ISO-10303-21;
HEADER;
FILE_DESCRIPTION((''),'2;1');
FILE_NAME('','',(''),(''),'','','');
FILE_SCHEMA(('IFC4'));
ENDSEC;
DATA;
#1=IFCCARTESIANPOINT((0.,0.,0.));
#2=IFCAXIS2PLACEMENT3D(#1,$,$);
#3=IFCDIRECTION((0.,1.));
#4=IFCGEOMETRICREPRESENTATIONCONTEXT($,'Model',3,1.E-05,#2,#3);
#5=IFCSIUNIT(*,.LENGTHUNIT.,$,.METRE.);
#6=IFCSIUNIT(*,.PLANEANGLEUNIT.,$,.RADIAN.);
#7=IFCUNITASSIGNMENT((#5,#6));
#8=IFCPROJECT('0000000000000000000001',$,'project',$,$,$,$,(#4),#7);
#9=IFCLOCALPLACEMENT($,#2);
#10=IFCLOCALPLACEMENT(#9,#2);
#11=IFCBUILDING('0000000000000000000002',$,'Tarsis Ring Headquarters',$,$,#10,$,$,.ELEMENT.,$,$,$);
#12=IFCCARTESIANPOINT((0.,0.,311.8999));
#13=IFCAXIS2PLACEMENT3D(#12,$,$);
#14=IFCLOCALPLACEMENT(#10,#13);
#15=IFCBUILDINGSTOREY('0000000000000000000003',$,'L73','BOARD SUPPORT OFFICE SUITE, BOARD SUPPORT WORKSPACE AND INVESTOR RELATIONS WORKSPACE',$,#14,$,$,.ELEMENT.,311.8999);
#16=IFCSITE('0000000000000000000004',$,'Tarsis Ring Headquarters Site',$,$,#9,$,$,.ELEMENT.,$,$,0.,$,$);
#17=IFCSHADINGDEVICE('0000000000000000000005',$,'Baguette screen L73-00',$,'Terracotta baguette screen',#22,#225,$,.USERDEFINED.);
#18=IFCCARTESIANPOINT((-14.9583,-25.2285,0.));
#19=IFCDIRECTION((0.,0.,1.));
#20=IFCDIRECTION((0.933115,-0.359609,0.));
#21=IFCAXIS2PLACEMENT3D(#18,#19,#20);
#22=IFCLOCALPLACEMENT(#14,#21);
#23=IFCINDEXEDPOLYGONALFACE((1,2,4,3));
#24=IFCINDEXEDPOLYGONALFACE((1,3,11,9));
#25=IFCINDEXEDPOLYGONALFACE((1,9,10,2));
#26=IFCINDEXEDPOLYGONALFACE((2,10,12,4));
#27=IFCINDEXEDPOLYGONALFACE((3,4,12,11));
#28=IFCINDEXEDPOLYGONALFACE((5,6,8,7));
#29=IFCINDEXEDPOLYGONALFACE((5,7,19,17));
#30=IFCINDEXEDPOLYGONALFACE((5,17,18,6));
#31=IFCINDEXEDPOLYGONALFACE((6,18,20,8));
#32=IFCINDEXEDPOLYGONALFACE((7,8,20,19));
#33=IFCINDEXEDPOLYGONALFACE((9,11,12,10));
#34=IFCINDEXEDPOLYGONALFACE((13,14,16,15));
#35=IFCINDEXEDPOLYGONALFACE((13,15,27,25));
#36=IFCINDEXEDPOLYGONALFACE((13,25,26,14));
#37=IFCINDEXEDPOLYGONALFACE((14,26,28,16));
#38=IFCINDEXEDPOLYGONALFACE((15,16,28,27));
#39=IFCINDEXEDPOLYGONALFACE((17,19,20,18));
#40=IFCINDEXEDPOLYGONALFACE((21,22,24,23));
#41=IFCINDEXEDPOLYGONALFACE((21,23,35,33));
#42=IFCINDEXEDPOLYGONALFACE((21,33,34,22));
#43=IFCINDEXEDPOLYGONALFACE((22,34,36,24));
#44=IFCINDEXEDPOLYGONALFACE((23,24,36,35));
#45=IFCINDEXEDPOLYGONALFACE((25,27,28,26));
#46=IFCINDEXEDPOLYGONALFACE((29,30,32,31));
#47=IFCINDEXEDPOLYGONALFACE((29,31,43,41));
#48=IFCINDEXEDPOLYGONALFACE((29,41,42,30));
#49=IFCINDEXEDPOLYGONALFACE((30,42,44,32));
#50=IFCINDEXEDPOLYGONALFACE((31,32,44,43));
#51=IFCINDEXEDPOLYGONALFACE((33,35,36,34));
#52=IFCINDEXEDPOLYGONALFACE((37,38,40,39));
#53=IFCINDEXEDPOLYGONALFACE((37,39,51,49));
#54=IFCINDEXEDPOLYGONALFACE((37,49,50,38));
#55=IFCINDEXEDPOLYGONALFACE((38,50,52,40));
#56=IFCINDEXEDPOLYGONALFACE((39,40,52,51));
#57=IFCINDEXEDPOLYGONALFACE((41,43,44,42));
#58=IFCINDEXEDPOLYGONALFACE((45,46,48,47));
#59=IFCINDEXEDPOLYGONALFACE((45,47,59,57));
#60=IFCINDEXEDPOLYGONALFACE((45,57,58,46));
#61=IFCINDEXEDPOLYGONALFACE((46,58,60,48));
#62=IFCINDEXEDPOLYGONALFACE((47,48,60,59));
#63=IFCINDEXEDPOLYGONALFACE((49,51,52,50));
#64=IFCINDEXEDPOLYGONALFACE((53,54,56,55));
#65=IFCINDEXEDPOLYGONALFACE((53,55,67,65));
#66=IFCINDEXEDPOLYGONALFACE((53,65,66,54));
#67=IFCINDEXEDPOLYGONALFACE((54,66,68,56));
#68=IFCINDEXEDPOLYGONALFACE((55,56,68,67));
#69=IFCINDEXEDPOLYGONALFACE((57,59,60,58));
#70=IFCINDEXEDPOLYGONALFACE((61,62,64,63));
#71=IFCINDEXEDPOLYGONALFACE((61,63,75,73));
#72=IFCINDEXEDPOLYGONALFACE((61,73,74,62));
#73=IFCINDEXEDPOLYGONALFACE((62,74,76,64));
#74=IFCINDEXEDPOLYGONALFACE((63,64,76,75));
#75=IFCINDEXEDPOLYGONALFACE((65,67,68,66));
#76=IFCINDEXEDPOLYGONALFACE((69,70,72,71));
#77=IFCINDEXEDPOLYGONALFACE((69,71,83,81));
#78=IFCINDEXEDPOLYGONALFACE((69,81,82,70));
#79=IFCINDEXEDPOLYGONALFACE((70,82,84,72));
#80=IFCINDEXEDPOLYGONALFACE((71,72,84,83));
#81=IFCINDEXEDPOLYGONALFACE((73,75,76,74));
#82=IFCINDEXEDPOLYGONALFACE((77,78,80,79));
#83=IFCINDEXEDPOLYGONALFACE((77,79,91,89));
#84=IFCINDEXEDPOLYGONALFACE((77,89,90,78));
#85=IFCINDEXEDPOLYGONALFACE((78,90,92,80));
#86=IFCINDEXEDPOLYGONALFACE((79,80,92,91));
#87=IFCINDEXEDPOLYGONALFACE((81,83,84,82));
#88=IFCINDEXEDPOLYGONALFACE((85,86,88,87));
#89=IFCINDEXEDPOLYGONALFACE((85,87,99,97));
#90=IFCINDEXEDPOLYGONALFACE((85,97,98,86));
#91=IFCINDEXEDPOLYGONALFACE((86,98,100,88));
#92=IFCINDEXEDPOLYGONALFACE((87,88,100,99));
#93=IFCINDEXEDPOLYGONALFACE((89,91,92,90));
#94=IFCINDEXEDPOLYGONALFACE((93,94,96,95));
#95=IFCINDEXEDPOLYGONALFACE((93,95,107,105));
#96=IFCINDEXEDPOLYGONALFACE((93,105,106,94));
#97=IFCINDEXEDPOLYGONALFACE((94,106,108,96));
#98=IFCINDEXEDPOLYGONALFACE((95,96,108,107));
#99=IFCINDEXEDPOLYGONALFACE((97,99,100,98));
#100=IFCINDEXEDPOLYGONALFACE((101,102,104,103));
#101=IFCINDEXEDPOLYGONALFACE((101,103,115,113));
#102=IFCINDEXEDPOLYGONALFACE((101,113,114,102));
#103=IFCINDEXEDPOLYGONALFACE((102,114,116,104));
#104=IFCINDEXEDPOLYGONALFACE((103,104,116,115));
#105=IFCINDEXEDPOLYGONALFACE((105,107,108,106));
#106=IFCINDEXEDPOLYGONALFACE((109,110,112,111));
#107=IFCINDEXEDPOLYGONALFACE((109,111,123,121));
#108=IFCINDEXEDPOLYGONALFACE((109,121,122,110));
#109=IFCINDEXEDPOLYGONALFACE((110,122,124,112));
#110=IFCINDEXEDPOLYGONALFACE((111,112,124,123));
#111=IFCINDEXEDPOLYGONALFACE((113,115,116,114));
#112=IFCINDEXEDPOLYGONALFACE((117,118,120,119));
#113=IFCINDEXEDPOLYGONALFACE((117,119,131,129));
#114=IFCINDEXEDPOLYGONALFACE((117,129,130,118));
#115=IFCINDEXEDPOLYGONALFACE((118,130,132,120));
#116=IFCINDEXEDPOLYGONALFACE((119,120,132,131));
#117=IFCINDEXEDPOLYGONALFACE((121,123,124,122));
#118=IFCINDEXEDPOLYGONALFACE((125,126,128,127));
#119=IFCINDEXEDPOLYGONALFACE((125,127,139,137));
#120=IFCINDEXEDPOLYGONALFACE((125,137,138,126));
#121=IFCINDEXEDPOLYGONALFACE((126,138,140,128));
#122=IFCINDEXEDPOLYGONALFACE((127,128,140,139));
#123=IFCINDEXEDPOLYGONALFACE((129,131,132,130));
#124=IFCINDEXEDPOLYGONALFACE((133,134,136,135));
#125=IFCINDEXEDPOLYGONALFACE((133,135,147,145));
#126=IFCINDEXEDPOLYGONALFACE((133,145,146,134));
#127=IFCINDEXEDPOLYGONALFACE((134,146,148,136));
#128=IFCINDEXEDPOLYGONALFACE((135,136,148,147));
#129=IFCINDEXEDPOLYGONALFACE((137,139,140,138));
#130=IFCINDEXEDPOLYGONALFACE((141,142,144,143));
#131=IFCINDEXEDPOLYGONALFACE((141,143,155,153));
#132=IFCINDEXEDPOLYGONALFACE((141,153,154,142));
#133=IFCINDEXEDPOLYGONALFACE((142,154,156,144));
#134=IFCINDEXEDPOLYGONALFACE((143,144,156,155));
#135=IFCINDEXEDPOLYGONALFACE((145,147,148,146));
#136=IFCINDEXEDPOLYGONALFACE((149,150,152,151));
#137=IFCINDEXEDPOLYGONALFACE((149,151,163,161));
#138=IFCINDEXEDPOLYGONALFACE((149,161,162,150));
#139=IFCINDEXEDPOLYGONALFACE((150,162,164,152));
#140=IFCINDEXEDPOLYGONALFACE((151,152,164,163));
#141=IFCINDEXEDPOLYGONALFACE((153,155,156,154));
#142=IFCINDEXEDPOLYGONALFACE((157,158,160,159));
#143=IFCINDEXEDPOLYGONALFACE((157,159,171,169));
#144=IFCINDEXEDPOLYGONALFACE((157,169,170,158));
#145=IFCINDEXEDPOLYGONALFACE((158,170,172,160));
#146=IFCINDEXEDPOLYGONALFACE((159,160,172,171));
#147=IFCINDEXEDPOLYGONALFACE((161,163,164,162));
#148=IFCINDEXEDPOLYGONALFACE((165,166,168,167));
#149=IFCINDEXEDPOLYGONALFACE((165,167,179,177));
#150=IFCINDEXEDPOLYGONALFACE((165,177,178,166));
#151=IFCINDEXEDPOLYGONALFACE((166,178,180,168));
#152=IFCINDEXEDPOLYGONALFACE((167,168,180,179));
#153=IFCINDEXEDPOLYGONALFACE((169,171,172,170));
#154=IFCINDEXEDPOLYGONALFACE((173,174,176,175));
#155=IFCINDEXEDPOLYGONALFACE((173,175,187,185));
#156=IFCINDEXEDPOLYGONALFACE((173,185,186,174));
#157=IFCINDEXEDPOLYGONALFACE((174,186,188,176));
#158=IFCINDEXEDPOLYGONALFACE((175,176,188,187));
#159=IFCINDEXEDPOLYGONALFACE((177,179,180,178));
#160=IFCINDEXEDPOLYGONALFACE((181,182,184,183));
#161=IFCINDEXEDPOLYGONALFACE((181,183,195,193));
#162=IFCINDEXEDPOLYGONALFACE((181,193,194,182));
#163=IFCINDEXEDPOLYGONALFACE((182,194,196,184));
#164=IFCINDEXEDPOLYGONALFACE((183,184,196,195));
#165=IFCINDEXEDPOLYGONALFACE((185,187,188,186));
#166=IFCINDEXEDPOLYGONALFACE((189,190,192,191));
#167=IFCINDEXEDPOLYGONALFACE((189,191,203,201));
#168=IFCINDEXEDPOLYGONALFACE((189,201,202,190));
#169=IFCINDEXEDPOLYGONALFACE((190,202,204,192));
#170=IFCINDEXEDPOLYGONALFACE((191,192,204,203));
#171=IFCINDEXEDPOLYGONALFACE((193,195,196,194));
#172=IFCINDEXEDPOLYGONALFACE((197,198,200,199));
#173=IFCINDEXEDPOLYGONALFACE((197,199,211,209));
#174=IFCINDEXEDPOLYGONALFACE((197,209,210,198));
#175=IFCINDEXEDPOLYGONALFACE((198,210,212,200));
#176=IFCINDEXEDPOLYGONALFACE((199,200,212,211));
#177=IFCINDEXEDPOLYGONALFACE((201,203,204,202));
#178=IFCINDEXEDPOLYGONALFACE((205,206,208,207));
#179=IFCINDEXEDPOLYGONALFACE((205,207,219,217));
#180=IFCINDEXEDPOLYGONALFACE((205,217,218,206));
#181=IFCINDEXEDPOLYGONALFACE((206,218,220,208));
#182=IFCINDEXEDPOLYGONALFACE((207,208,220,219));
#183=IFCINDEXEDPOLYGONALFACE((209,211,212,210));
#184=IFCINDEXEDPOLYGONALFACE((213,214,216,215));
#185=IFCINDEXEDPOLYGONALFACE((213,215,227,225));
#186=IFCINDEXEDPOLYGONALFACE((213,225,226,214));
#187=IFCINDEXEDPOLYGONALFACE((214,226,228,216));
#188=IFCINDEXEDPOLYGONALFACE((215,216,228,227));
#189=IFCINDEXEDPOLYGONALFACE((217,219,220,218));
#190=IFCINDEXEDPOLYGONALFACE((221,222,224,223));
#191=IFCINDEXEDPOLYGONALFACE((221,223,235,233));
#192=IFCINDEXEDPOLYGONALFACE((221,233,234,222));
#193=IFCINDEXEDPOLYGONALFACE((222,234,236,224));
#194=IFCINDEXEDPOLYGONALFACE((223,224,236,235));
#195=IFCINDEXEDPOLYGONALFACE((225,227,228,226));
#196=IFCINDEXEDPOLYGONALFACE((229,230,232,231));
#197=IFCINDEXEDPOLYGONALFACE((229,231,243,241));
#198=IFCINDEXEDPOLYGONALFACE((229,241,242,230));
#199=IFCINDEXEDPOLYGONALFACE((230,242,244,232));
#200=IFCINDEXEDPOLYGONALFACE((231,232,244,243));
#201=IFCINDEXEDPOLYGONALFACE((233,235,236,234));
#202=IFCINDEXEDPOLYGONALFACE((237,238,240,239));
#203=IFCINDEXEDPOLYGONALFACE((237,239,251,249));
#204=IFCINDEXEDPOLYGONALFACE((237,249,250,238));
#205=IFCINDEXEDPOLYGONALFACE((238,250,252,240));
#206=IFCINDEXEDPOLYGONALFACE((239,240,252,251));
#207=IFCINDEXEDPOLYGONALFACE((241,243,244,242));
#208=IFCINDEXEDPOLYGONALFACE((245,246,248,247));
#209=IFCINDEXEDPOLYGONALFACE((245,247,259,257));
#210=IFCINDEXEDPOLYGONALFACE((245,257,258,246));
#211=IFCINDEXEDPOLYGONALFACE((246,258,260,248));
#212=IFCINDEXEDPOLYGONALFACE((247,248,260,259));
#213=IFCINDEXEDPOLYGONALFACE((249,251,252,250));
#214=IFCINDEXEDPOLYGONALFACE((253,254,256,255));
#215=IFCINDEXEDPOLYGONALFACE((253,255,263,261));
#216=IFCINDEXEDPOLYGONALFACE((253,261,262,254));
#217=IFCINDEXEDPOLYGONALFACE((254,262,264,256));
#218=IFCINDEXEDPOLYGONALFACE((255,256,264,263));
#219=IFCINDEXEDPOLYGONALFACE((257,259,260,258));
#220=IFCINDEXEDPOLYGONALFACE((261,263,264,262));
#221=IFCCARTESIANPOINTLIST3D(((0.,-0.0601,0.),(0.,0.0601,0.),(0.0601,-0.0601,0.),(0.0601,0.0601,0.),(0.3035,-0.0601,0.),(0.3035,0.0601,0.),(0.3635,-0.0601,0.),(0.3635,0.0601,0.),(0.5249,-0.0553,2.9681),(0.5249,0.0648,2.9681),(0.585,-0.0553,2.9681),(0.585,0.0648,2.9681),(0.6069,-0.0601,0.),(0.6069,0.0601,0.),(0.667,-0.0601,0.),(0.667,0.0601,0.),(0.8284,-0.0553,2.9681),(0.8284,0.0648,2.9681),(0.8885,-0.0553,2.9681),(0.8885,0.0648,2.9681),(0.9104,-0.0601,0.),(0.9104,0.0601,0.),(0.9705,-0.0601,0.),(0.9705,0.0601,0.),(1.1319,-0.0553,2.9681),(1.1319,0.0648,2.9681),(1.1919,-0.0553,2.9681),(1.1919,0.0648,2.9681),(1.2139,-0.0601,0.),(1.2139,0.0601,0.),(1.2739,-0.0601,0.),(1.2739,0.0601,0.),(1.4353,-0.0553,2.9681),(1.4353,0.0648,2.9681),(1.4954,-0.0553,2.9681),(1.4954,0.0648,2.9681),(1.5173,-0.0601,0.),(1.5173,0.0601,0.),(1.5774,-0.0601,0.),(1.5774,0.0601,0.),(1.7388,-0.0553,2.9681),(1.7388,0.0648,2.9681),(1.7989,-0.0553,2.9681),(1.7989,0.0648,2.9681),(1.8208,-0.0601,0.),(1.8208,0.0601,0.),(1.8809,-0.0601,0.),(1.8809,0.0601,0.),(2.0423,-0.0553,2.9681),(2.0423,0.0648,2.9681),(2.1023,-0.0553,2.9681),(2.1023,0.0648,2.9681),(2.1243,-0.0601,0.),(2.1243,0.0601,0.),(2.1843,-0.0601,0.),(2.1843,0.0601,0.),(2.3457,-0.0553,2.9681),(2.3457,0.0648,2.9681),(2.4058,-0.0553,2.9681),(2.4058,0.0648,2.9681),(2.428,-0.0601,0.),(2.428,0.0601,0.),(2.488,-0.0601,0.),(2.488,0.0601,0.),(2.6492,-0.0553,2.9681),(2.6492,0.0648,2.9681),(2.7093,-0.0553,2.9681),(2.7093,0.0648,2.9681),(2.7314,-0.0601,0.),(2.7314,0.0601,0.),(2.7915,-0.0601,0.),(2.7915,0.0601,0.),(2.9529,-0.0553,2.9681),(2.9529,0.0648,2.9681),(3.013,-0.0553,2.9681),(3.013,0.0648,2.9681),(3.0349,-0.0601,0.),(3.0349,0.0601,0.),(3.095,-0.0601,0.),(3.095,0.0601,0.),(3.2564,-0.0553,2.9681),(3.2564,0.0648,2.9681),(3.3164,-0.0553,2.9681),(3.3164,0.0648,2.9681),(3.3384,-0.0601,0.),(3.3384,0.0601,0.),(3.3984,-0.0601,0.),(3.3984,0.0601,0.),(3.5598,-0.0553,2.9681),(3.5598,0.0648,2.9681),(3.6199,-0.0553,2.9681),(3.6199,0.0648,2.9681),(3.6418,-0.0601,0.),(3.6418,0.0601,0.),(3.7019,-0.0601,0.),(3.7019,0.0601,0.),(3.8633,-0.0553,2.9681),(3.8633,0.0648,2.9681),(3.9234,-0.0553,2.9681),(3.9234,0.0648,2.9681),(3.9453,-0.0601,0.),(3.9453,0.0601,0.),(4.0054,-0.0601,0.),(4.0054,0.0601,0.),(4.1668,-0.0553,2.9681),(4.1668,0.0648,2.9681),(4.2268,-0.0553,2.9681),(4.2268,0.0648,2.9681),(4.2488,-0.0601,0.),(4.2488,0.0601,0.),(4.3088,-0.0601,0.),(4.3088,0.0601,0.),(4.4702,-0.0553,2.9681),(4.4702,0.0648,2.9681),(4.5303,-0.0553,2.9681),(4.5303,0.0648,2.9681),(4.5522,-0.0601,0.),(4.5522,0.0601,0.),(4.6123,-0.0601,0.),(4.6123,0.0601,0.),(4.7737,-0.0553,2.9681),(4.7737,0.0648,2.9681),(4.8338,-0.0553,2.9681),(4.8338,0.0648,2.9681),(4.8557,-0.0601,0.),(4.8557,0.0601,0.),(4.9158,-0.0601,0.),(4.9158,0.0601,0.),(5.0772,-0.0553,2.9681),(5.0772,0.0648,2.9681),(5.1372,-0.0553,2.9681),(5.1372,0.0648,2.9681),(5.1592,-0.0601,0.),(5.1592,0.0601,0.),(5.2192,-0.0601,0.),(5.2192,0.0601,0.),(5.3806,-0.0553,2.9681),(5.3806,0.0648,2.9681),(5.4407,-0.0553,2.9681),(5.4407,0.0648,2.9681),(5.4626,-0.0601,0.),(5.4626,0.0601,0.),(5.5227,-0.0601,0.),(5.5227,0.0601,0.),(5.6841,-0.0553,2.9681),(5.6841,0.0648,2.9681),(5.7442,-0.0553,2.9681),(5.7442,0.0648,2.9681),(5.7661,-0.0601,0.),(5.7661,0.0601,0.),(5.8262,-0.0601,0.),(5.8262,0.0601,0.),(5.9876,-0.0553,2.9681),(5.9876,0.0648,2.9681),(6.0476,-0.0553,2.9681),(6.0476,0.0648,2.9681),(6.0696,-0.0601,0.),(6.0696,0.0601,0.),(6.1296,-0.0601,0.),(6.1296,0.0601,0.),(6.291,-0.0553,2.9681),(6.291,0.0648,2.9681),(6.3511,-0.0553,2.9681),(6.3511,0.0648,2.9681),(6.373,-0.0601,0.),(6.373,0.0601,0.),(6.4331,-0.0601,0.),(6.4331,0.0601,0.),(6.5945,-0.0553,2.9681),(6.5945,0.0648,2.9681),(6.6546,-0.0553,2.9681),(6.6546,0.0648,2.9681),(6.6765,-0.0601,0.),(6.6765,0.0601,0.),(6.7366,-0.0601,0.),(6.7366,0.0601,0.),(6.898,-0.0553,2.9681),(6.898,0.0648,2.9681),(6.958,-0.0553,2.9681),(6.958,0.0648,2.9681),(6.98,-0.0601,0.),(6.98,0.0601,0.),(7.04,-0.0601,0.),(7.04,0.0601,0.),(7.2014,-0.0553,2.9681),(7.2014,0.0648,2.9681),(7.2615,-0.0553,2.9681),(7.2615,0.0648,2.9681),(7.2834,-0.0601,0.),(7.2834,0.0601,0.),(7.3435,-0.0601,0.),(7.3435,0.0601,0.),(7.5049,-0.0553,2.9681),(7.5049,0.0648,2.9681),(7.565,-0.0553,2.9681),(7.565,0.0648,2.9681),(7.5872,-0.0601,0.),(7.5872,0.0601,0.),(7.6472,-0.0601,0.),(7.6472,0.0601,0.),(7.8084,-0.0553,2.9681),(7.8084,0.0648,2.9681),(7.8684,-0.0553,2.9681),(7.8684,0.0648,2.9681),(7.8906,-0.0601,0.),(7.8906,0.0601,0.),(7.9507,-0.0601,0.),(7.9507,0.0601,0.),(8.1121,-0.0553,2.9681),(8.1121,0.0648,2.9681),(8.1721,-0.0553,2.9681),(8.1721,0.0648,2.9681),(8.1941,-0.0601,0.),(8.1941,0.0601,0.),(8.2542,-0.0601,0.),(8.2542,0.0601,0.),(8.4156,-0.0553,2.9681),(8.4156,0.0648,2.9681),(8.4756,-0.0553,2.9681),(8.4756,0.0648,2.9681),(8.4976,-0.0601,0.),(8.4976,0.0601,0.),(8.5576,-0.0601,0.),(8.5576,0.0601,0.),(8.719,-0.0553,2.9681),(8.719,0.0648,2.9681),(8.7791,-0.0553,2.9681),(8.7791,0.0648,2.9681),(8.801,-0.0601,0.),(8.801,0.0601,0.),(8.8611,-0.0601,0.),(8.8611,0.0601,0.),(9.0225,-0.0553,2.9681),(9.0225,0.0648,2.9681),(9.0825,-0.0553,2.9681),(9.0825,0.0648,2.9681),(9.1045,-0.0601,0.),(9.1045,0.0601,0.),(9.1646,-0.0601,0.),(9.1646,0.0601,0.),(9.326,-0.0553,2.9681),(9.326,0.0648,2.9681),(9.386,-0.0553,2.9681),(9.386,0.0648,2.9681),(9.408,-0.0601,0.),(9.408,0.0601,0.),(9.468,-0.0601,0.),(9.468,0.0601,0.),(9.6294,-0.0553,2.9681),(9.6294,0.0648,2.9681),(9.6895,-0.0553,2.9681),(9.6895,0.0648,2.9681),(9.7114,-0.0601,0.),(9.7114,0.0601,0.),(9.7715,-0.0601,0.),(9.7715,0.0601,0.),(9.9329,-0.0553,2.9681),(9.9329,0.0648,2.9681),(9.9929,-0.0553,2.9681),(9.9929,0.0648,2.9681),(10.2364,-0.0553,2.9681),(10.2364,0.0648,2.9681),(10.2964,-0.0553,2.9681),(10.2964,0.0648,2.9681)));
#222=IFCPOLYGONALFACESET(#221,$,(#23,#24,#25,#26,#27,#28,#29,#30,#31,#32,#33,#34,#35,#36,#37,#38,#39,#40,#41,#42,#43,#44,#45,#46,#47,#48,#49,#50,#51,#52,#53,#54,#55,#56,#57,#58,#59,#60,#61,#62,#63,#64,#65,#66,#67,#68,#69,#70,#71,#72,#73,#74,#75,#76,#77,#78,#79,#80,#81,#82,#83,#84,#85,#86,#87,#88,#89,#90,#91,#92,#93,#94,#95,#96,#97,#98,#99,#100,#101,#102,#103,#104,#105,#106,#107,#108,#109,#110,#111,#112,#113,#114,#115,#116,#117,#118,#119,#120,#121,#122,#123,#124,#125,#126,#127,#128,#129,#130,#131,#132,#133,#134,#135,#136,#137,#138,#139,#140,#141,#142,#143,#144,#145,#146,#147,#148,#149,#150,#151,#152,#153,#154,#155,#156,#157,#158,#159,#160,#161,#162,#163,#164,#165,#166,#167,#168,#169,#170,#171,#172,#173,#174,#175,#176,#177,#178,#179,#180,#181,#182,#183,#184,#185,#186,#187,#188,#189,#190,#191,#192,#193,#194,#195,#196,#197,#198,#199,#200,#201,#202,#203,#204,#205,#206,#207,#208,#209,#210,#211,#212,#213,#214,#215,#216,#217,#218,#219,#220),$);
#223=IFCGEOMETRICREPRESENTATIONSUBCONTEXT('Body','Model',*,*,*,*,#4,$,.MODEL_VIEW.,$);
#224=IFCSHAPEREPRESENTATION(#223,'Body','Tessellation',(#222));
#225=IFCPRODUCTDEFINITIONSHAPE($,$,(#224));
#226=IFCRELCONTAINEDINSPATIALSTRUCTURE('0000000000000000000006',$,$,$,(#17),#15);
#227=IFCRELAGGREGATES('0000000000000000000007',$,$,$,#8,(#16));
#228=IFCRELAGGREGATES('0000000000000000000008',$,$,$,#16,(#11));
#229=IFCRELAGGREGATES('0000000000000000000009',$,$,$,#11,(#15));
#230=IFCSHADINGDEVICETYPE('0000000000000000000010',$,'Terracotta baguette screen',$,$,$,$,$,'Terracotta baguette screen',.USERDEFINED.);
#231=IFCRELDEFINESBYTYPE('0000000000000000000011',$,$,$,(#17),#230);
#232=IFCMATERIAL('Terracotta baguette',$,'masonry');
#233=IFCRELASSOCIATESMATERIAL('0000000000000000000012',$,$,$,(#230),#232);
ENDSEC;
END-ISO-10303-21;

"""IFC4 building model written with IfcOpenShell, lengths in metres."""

from ifc_helpers import new_model, si_unit, direction, frame, frame_2d, origin, place, context, subcontext, project, spatial, rectangle, composite_profile, extrude, material, type_object, element, save


model = new_model("IFC4")

# Units and contexts
model_context = context("Model", 3, precision=1e-05, world=origin(), true_north=direction((0.0, 1.0)))
body_context = subcontext(model_context, "Body", "Model", "MODEL_VIEW")
ifc_project = project(units=[si_unit("LENGTHUNIT", "METRE"), si_unit("PLANEANGLEUNIT", "RADIAN")], contexts=[model_context])

# Site, building, storey
site_placement = place(None, origin())
site = spatial("IfcSite", under=ifc_project, at=site_placement, Name="Tarsis Ring Headquarters Site", CompositionType="ELEMENT", RefElevation=0.0)
building_placement = place(site_placement, origin())
building = spatial("IfcBuilding", under=site, at=building_placement, Name="Tarsis Ring Headquarters", CompositionType="ELEMENT")
storey_placement = place(building_placement, frame((0.0, 0.0, 311.8999)))
storey = spatial("IfcBuildingStorey", under=building, at=storey_placement, Name="L73", Description="BOARD SUPPORT OFFICE SUITE, BOARD SUPPORT WORKSPACE AND INVESTOR RELATIONS WORKSPACE", CompositionType="ELEMENT", Elevation=311.8999)

# Shading device
ifc_material_1 = material(Name="Terracotta baguette", Category="masonry")
shading_device_type_1 = type_object("IfcShadingDeviceType", Name="Terracotta baguette screen", ElementType="Terracotta baguette screen", PredefinedType="USERDEFINED", material=ifc_material_1)
shading_device_1_placement = place(storey_placement, frame((-14.9583, -25.2285, 0.0), z_axis=(0.0, 0.0, 1.0), x_axis=(0.933115, -0.359609, 0.0)))
element("IfcShadingDevice", 1, at=shading_device_1_placement, inside=storey, type_object=shading_device_type_1, Name="Baguette screen L73-00", ObjectType="Terracotta baguette screen", PredefinedType="USERDEFINED", context=body_context, shape_type="SweptSolid", body=[
    extrude(composite_profile([rectangle(XDim=0.0601, YDim=0.1201, at=frame_2d((0.03, 0.0))), rectangle(XDim=0.0601, YDim=0.1201, at=frame_2d((0.3335, 0.0))), rectangle(XDim=0.0601, YDim=0.1201, at=frame_2d((0.637, 0.0))), rectangle(XDim=0.0601, YDim=0.1201, at=frame_2d((0.9404, 0.0))), rectangle(XDim=0.0601, YDim=0.1201, at=frame_2d((1.2439, 0.0))), rectangle(XDim=0.0601, YDim=0.1201, at=frame_2d((1.5474, 0.0))), rectangle(XDim=0.0601, YDim=0.1201, at=frame_2d((1.8508, 0.0))), rectangle(XDim=0.0601, YDim=0.1201, at=frame_2d((2.1543, 0.0))), rectangle(XDim=0.0601, YDim=0.1201, at=frame_2d((2.458, 0.0))), rectangle(XDim=0.0601, YDim=0.1201, at=frame_2d((2.7615, 0.0))), rectangle(XDim=0.0601, YDim=0.1201, at=frame_2d((3.0649, 0.0))), rectangle(XDim=0.0601, YDim=0.1201, at=frame_2d((3.3684, 0.0))), rectangle(XDim=0.0601, YDim=0.1201, at=frame_2d((3.6719, 0.0))), rectangle(XDim=0.0601, YDim=0.1201, at=frame_2d((3.9753, 0.0))), rectangle(XDim=0.0601, YDim=0.1201, at=frame_2d((4.2788, 0.0))), rectangle(XDim=0.0601, YDim=0.1201, at=frame_2d((4.5823, 0.0))), rectangle(XDim=0.0601, YDim=0.1201, at=frame_2d((4.8857, 0.0))), rectangle(XDim=0.0601, YDim=0.1201, at=frame_2d((5.1892, 0.0))), rectangle(XDim=0.0601, YDim=0.1201, at=frame_2d((5.4927, 0.0))), rectangle(XDim=0.0601, YDim=0.1201, at=frame_2d((5.7961, 0.0))), rectangle(XDim=0.0601, YDim=0.1201, at=frame_2d((6.0996, 0.0))), rectangle(XDim=0.0601, YDim=0.1201, at=frame_2d((6.4031, 0.0))), rectangle(XDim=0.0601, YDim=0.1201, at=frame_2d((6.7065, 0.0))), rectangle(XDim=0.0601, YDim=0.1201, at=frame_2d((7.01, 0.0))), rectangle(XDim=0.0601, YDim=0.1201, at=frame_2d((7.3135, 0.0))), rectangle(XDim=0.0601, YDim=0.1201, at=frame_2d((7.6172, 0.0))), rectangle(XDim=0.0601, YDim=0.1201, at=frame_2d((7.9207, 0.0))), rectangle(XDim=0.0601, YDim=0.1201, at=frame_2d((8.2241, 0.0))), rectangle(XDim=0.0601, YDim=0.1201, at=frame_2d((8.5276, 0.0))), rectangle(XDim=0.0601, YDim=0.1201, at=frame_2d((8.8311, 0.0))), rectangle(XDim=0.0601, YDim=0.1201, at=frame_2d((9.1345, 0.0))), rectangle(XDim=0.0601, YDim=0.1201, at=frame_2d((9.438, 0.0))), rectangle(XDim=0.0601, YDim=0.1201, at=frame_2d((9.7415, 0.0)))]), origin(), (0.174154, 0.001584, 0.984717), 3.0142),
])

save(model, "model.ifc")
